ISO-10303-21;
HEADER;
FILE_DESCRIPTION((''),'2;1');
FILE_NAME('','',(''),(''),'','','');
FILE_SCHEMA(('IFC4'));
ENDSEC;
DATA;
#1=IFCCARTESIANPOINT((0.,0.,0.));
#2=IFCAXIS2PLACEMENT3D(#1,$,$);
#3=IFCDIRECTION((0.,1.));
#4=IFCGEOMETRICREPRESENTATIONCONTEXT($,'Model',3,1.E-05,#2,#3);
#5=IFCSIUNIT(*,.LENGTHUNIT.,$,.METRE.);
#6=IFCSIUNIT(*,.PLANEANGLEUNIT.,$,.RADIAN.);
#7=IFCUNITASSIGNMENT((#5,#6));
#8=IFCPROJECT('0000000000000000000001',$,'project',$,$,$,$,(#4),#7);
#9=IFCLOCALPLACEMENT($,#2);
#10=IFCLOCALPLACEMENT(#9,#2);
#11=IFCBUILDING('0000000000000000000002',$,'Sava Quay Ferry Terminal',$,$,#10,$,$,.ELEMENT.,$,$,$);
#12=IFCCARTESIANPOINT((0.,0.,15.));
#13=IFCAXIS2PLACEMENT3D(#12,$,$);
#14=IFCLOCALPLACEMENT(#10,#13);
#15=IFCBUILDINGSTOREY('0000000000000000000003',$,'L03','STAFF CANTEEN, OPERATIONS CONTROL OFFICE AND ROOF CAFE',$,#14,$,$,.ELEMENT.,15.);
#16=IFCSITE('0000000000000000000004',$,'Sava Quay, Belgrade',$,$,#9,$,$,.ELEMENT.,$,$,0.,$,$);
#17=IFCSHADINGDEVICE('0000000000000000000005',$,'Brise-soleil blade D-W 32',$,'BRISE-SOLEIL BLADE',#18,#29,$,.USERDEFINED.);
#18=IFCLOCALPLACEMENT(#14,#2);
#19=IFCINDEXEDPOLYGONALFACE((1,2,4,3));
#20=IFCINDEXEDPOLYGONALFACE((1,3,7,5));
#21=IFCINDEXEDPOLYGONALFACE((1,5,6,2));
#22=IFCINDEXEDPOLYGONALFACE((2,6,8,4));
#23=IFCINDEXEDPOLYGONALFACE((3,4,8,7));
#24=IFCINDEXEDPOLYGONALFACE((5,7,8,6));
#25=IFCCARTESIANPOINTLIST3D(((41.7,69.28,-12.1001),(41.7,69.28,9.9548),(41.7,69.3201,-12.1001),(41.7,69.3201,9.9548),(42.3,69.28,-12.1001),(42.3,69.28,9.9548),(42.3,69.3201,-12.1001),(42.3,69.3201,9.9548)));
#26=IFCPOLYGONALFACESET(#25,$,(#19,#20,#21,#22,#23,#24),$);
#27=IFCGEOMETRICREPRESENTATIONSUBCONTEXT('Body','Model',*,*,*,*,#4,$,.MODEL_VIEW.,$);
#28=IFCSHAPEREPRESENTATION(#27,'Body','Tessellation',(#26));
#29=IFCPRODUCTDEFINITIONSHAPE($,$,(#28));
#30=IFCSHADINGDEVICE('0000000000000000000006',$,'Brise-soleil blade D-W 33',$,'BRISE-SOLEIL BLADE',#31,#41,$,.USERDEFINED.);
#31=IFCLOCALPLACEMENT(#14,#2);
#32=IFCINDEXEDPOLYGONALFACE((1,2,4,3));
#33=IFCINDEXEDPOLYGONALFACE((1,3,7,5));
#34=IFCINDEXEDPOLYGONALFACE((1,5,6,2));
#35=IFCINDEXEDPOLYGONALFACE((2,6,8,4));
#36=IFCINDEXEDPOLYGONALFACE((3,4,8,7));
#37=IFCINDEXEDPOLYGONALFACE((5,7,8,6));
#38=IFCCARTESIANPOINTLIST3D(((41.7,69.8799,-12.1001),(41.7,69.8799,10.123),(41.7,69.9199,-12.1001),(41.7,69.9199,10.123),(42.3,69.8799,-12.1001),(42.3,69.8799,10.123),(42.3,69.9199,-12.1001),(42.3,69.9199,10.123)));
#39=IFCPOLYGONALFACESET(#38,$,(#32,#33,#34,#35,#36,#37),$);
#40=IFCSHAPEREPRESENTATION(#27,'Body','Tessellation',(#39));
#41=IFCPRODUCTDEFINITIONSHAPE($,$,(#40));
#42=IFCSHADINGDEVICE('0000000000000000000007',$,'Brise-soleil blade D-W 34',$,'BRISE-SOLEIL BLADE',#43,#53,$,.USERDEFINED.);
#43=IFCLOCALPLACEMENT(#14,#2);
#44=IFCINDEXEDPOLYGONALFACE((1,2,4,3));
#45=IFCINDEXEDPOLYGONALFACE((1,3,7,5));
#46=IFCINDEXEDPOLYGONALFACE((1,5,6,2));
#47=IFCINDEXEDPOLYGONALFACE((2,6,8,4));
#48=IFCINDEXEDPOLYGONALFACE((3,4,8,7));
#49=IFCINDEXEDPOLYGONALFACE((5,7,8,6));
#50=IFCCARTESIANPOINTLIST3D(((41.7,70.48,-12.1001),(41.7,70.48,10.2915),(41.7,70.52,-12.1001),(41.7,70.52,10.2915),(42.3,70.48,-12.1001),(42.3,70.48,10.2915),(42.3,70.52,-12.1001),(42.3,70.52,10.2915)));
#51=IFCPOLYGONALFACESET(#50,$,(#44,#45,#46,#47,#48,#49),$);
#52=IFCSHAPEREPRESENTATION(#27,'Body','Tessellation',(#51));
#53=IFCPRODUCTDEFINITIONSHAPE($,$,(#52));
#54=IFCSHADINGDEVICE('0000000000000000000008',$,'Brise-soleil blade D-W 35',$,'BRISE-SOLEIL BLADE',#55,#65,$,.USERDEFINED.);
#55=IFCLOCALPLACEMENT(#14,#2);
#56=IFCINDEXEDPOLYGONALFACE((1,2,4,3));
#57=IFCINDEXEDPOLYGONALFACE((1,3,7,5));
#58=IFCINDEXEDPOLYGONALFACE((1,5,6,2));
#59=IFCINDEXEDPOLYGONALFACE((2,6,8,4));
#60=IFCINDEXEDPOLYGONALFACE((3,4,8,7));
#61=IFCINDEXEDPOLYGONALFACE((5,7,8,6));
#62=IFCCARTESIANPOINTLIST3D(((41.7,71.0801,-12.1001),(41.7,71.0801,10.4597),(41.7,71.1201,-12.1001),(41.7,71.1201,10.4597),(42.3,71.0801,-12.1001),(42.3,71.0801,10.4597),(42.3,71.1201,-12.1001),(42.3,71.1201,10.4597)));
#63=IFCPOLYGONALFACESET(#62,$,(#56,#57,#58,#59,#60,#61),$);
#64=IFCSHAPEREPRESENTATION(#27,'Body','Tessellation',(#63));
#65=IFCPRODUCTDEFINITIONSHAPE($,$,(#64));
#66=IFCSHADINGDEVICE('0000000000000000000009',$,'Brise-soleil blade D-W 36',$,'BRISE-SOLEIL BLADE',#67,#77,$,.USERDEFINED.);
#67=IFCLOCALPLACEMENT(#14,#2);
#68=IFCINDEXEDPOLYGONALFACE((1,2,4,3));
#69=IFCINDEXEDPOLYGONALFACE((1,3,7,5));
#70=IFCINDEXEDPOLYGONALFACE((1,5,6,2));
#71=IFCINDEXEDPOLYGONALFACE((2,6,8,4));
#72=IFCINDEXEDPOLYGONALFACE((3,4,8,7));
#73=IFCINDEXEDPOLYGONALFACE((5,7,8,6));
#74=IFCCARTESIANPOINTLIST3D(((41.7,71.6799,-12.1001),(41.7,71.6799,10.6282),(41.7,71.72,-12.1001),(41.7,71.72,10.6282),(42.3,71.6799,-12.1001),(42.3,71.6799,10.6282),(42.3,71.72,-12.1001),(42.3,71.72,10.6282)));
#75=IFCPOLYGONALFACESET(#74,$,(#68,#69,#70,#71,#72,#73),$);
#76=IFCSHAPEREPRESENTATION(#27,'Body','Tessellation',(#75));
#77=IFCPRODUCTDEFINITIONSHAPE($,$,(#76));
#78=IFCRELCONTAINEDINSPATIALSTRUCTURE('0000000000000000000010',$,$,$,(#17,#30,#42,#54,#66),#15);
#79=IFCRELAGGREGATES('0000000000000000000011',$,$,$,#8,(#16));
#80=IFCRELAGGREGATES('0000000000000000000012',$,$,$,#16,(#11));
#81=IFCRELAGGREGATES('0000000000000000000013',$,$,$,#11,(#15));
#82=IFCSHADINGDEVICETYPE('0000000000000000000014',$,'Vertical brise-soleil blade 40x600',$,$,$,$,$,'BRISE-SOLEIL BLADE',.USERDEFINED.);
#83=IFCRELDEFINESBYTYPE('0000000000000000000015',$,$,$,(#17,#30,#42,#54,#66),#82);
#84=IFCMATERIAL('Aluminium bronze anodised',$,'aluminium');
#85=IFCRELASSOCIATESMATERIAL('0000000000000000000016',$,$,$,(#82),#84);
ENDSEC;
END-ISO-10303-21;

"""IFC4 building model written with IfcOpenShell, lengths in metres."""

from ifc_helpers import new_model, si_unit, direction, frame, origin, origin_2d, place, context, subcontext, project, spatial, rectangle, extrude, material, material_profile, profile_set, type_object, element, save


model = new_model("IFC4")

# Units and contexts
model_context = context("Model", 3, precision=1e-05, world=origin(), true_north=direction((0.0, 1.0)))
body_context = subcontext(model_context, "Body", "Model", "MODEL_VIEW")
ifc_project = project(units=[si_unit("LENGTHUNIT", "METRE"), si_unit("PLANEANGLEUNIT", "RADIAN")], contexts=[model_context])

# Site, building, storey
site_placement = place(None, origin())
site = spatial("IfcSite", under=ifc_project, at=site_placement, Name="Sava Quay, Belgrade", CompositionType="ELEMENT", RefElevation=0.0)
building_placement = place(site_placement, origin())
building = spatial("IfcBuilding", under=site, at=building_placement, Name="Sava Quay Ferry Terminal", CompositionType="ELEMENT")
storey_placement = place(building_placement, frame((0.0, 0.0, 15.0)))
storey = spatial("IfcBuildingStorey", under=building, at=storey_placement, Name="L03", Description="STAFF CANTEEN, OPERATIONS CONTROL OFFICE AND ROOF CAFE", CompositionType="ELEMENT", Elevation=15.0)

# Shading devices
ifc_material_1 = material(Name="Aluminium bronze anodised", Category="aluminium")
ifc_material_profile_1 = material_profile(ifc_material_1, rectangle(XDim=0.04, YDim=0.6001, at=origin_2d()), Name="Vertical brise-soleil blade 40x600")
ifc_profile_set_1 = profile_set([ifc_material_profile_1], Name="Aluminium bronze anodised")
shading_device_type = type_object("IfcShadingDeviceType", Name="Vertical brise-soleil blade 40x600", ElementType="BRISE-SOLEIL BLADE", PredefinedType="USERDEFINED", material=ifc_profile_set_1)
shading_device_1_placement = place(storey_placement, frame((42.0, 69.3, -12.1001), z_axis=(0.0, 0.0, 1.0), x_axis=(0.0, 1.0, 0.0)))
element("IfcShadingDevice", 1, at=shading_device_1_placement, inside=storey, type_object=shading_device_type, Name="Brise-soleil blade D-W 32", ObjectType="BRISE-SOLEIL BLADE", PredefinedType="USERDEFINED", context=body_context, shape_type="SweptSolid", body=[
    extrude(rectangle(XDim=0.04, YDim=0.6001, at=origin_2d()), origin(), (0.0, 0.0, 1.0), 22.0549),
])
shading_device_2_placement = place(storey_placement, frame((42.0, 69.8999, -12.1001), z_axis=(0.0, 0.0, 1.0), x_axis=(0.0, 1.0, 0.0)))
element("IfcShadingDevice", 2, at=shading_device_2_placement, inside=storey, type_object=shading_device_type, Name="Brise-soleil blade D-W 33", ObjectType="BRISE-SOLEIL BLADE", PredefinedType="USERDEFINED", context=body_context, shape_type="SweptSolid", body=[
    extrude(rectangle(XDim=0.04, YDim=0.6001, at=origin_2d()), origin(), (0.0, 0.0, 1.0), 22.2231),
])
shading_device_3_placement = place(storey_placement, frame((42.0, 70.5, -12.1001), z_axis=(0.0, 0.0, 1.0), x_axis=(0.0, 1.0, 0.0)))
element("IfcShadingDevice", 3, at=shading_device_3_placement, inside=storey, type_object=shading_device_type, Name="Brise-soleil blade D-W 34", ObjectType="BRISE-SOLEIL BLADE", PredefinedType="USERDEFINED", context=body_context, shape_type="SweptSolid", body=[
    extrude(rectangle(XDim=0.04, YDim=0.6001, at=origin_2d()), origin(), (0.0, 0.0, 1.0), 22.3916),
])
shading_device_4_placement = place(storey_placement, frame((42.0, 71.1001, -12.1001), z_axis=(0.0, 0.0, 1.0), x_axis=(0.0, 1.0, 0.0)))
element("IfcShadingDevice", 4, at=shading_device_4_placement, inside=storey, type_object=shading_device_type, Name="Brise-soleil blade D-W 35", ObjectType="BRISE-SOLEIL BLADE", PredefinedType="USERDEFINED", context=body_context, shape_type="SweptSolid", body=[
    extrude(rectangle(XDim=0.04, YDim=0.6001, at=origin_2d()), origin(), (0.0, 0.0, 1.0), 22.5598),
])
shading_device_5_placement = place(storey_placement, frame((42.0, 71.7, -12.1001), z_axis=(0.0, 0.0, 1.0), x_axis=(0.0, 1.0, 0.0)))
element("IfcShadingDevice", 5, at=shading_device_5_placement, inside=storey, type_object=shading_device_type, Name="Brise-soleil blade D-W 36", ObjectType="BRISE-SOLEIL BLADE", PredefinedType="USERDEFINED", context=body_context, shape_type="SweptSolid", body=[
    extrude(rectangle(XDim=0.04, YDim=0.6001, at=origin_2d()), origin(), (0.0, 0.0, 1.0), 22.7283),
])

save(model, "model.ifc")
